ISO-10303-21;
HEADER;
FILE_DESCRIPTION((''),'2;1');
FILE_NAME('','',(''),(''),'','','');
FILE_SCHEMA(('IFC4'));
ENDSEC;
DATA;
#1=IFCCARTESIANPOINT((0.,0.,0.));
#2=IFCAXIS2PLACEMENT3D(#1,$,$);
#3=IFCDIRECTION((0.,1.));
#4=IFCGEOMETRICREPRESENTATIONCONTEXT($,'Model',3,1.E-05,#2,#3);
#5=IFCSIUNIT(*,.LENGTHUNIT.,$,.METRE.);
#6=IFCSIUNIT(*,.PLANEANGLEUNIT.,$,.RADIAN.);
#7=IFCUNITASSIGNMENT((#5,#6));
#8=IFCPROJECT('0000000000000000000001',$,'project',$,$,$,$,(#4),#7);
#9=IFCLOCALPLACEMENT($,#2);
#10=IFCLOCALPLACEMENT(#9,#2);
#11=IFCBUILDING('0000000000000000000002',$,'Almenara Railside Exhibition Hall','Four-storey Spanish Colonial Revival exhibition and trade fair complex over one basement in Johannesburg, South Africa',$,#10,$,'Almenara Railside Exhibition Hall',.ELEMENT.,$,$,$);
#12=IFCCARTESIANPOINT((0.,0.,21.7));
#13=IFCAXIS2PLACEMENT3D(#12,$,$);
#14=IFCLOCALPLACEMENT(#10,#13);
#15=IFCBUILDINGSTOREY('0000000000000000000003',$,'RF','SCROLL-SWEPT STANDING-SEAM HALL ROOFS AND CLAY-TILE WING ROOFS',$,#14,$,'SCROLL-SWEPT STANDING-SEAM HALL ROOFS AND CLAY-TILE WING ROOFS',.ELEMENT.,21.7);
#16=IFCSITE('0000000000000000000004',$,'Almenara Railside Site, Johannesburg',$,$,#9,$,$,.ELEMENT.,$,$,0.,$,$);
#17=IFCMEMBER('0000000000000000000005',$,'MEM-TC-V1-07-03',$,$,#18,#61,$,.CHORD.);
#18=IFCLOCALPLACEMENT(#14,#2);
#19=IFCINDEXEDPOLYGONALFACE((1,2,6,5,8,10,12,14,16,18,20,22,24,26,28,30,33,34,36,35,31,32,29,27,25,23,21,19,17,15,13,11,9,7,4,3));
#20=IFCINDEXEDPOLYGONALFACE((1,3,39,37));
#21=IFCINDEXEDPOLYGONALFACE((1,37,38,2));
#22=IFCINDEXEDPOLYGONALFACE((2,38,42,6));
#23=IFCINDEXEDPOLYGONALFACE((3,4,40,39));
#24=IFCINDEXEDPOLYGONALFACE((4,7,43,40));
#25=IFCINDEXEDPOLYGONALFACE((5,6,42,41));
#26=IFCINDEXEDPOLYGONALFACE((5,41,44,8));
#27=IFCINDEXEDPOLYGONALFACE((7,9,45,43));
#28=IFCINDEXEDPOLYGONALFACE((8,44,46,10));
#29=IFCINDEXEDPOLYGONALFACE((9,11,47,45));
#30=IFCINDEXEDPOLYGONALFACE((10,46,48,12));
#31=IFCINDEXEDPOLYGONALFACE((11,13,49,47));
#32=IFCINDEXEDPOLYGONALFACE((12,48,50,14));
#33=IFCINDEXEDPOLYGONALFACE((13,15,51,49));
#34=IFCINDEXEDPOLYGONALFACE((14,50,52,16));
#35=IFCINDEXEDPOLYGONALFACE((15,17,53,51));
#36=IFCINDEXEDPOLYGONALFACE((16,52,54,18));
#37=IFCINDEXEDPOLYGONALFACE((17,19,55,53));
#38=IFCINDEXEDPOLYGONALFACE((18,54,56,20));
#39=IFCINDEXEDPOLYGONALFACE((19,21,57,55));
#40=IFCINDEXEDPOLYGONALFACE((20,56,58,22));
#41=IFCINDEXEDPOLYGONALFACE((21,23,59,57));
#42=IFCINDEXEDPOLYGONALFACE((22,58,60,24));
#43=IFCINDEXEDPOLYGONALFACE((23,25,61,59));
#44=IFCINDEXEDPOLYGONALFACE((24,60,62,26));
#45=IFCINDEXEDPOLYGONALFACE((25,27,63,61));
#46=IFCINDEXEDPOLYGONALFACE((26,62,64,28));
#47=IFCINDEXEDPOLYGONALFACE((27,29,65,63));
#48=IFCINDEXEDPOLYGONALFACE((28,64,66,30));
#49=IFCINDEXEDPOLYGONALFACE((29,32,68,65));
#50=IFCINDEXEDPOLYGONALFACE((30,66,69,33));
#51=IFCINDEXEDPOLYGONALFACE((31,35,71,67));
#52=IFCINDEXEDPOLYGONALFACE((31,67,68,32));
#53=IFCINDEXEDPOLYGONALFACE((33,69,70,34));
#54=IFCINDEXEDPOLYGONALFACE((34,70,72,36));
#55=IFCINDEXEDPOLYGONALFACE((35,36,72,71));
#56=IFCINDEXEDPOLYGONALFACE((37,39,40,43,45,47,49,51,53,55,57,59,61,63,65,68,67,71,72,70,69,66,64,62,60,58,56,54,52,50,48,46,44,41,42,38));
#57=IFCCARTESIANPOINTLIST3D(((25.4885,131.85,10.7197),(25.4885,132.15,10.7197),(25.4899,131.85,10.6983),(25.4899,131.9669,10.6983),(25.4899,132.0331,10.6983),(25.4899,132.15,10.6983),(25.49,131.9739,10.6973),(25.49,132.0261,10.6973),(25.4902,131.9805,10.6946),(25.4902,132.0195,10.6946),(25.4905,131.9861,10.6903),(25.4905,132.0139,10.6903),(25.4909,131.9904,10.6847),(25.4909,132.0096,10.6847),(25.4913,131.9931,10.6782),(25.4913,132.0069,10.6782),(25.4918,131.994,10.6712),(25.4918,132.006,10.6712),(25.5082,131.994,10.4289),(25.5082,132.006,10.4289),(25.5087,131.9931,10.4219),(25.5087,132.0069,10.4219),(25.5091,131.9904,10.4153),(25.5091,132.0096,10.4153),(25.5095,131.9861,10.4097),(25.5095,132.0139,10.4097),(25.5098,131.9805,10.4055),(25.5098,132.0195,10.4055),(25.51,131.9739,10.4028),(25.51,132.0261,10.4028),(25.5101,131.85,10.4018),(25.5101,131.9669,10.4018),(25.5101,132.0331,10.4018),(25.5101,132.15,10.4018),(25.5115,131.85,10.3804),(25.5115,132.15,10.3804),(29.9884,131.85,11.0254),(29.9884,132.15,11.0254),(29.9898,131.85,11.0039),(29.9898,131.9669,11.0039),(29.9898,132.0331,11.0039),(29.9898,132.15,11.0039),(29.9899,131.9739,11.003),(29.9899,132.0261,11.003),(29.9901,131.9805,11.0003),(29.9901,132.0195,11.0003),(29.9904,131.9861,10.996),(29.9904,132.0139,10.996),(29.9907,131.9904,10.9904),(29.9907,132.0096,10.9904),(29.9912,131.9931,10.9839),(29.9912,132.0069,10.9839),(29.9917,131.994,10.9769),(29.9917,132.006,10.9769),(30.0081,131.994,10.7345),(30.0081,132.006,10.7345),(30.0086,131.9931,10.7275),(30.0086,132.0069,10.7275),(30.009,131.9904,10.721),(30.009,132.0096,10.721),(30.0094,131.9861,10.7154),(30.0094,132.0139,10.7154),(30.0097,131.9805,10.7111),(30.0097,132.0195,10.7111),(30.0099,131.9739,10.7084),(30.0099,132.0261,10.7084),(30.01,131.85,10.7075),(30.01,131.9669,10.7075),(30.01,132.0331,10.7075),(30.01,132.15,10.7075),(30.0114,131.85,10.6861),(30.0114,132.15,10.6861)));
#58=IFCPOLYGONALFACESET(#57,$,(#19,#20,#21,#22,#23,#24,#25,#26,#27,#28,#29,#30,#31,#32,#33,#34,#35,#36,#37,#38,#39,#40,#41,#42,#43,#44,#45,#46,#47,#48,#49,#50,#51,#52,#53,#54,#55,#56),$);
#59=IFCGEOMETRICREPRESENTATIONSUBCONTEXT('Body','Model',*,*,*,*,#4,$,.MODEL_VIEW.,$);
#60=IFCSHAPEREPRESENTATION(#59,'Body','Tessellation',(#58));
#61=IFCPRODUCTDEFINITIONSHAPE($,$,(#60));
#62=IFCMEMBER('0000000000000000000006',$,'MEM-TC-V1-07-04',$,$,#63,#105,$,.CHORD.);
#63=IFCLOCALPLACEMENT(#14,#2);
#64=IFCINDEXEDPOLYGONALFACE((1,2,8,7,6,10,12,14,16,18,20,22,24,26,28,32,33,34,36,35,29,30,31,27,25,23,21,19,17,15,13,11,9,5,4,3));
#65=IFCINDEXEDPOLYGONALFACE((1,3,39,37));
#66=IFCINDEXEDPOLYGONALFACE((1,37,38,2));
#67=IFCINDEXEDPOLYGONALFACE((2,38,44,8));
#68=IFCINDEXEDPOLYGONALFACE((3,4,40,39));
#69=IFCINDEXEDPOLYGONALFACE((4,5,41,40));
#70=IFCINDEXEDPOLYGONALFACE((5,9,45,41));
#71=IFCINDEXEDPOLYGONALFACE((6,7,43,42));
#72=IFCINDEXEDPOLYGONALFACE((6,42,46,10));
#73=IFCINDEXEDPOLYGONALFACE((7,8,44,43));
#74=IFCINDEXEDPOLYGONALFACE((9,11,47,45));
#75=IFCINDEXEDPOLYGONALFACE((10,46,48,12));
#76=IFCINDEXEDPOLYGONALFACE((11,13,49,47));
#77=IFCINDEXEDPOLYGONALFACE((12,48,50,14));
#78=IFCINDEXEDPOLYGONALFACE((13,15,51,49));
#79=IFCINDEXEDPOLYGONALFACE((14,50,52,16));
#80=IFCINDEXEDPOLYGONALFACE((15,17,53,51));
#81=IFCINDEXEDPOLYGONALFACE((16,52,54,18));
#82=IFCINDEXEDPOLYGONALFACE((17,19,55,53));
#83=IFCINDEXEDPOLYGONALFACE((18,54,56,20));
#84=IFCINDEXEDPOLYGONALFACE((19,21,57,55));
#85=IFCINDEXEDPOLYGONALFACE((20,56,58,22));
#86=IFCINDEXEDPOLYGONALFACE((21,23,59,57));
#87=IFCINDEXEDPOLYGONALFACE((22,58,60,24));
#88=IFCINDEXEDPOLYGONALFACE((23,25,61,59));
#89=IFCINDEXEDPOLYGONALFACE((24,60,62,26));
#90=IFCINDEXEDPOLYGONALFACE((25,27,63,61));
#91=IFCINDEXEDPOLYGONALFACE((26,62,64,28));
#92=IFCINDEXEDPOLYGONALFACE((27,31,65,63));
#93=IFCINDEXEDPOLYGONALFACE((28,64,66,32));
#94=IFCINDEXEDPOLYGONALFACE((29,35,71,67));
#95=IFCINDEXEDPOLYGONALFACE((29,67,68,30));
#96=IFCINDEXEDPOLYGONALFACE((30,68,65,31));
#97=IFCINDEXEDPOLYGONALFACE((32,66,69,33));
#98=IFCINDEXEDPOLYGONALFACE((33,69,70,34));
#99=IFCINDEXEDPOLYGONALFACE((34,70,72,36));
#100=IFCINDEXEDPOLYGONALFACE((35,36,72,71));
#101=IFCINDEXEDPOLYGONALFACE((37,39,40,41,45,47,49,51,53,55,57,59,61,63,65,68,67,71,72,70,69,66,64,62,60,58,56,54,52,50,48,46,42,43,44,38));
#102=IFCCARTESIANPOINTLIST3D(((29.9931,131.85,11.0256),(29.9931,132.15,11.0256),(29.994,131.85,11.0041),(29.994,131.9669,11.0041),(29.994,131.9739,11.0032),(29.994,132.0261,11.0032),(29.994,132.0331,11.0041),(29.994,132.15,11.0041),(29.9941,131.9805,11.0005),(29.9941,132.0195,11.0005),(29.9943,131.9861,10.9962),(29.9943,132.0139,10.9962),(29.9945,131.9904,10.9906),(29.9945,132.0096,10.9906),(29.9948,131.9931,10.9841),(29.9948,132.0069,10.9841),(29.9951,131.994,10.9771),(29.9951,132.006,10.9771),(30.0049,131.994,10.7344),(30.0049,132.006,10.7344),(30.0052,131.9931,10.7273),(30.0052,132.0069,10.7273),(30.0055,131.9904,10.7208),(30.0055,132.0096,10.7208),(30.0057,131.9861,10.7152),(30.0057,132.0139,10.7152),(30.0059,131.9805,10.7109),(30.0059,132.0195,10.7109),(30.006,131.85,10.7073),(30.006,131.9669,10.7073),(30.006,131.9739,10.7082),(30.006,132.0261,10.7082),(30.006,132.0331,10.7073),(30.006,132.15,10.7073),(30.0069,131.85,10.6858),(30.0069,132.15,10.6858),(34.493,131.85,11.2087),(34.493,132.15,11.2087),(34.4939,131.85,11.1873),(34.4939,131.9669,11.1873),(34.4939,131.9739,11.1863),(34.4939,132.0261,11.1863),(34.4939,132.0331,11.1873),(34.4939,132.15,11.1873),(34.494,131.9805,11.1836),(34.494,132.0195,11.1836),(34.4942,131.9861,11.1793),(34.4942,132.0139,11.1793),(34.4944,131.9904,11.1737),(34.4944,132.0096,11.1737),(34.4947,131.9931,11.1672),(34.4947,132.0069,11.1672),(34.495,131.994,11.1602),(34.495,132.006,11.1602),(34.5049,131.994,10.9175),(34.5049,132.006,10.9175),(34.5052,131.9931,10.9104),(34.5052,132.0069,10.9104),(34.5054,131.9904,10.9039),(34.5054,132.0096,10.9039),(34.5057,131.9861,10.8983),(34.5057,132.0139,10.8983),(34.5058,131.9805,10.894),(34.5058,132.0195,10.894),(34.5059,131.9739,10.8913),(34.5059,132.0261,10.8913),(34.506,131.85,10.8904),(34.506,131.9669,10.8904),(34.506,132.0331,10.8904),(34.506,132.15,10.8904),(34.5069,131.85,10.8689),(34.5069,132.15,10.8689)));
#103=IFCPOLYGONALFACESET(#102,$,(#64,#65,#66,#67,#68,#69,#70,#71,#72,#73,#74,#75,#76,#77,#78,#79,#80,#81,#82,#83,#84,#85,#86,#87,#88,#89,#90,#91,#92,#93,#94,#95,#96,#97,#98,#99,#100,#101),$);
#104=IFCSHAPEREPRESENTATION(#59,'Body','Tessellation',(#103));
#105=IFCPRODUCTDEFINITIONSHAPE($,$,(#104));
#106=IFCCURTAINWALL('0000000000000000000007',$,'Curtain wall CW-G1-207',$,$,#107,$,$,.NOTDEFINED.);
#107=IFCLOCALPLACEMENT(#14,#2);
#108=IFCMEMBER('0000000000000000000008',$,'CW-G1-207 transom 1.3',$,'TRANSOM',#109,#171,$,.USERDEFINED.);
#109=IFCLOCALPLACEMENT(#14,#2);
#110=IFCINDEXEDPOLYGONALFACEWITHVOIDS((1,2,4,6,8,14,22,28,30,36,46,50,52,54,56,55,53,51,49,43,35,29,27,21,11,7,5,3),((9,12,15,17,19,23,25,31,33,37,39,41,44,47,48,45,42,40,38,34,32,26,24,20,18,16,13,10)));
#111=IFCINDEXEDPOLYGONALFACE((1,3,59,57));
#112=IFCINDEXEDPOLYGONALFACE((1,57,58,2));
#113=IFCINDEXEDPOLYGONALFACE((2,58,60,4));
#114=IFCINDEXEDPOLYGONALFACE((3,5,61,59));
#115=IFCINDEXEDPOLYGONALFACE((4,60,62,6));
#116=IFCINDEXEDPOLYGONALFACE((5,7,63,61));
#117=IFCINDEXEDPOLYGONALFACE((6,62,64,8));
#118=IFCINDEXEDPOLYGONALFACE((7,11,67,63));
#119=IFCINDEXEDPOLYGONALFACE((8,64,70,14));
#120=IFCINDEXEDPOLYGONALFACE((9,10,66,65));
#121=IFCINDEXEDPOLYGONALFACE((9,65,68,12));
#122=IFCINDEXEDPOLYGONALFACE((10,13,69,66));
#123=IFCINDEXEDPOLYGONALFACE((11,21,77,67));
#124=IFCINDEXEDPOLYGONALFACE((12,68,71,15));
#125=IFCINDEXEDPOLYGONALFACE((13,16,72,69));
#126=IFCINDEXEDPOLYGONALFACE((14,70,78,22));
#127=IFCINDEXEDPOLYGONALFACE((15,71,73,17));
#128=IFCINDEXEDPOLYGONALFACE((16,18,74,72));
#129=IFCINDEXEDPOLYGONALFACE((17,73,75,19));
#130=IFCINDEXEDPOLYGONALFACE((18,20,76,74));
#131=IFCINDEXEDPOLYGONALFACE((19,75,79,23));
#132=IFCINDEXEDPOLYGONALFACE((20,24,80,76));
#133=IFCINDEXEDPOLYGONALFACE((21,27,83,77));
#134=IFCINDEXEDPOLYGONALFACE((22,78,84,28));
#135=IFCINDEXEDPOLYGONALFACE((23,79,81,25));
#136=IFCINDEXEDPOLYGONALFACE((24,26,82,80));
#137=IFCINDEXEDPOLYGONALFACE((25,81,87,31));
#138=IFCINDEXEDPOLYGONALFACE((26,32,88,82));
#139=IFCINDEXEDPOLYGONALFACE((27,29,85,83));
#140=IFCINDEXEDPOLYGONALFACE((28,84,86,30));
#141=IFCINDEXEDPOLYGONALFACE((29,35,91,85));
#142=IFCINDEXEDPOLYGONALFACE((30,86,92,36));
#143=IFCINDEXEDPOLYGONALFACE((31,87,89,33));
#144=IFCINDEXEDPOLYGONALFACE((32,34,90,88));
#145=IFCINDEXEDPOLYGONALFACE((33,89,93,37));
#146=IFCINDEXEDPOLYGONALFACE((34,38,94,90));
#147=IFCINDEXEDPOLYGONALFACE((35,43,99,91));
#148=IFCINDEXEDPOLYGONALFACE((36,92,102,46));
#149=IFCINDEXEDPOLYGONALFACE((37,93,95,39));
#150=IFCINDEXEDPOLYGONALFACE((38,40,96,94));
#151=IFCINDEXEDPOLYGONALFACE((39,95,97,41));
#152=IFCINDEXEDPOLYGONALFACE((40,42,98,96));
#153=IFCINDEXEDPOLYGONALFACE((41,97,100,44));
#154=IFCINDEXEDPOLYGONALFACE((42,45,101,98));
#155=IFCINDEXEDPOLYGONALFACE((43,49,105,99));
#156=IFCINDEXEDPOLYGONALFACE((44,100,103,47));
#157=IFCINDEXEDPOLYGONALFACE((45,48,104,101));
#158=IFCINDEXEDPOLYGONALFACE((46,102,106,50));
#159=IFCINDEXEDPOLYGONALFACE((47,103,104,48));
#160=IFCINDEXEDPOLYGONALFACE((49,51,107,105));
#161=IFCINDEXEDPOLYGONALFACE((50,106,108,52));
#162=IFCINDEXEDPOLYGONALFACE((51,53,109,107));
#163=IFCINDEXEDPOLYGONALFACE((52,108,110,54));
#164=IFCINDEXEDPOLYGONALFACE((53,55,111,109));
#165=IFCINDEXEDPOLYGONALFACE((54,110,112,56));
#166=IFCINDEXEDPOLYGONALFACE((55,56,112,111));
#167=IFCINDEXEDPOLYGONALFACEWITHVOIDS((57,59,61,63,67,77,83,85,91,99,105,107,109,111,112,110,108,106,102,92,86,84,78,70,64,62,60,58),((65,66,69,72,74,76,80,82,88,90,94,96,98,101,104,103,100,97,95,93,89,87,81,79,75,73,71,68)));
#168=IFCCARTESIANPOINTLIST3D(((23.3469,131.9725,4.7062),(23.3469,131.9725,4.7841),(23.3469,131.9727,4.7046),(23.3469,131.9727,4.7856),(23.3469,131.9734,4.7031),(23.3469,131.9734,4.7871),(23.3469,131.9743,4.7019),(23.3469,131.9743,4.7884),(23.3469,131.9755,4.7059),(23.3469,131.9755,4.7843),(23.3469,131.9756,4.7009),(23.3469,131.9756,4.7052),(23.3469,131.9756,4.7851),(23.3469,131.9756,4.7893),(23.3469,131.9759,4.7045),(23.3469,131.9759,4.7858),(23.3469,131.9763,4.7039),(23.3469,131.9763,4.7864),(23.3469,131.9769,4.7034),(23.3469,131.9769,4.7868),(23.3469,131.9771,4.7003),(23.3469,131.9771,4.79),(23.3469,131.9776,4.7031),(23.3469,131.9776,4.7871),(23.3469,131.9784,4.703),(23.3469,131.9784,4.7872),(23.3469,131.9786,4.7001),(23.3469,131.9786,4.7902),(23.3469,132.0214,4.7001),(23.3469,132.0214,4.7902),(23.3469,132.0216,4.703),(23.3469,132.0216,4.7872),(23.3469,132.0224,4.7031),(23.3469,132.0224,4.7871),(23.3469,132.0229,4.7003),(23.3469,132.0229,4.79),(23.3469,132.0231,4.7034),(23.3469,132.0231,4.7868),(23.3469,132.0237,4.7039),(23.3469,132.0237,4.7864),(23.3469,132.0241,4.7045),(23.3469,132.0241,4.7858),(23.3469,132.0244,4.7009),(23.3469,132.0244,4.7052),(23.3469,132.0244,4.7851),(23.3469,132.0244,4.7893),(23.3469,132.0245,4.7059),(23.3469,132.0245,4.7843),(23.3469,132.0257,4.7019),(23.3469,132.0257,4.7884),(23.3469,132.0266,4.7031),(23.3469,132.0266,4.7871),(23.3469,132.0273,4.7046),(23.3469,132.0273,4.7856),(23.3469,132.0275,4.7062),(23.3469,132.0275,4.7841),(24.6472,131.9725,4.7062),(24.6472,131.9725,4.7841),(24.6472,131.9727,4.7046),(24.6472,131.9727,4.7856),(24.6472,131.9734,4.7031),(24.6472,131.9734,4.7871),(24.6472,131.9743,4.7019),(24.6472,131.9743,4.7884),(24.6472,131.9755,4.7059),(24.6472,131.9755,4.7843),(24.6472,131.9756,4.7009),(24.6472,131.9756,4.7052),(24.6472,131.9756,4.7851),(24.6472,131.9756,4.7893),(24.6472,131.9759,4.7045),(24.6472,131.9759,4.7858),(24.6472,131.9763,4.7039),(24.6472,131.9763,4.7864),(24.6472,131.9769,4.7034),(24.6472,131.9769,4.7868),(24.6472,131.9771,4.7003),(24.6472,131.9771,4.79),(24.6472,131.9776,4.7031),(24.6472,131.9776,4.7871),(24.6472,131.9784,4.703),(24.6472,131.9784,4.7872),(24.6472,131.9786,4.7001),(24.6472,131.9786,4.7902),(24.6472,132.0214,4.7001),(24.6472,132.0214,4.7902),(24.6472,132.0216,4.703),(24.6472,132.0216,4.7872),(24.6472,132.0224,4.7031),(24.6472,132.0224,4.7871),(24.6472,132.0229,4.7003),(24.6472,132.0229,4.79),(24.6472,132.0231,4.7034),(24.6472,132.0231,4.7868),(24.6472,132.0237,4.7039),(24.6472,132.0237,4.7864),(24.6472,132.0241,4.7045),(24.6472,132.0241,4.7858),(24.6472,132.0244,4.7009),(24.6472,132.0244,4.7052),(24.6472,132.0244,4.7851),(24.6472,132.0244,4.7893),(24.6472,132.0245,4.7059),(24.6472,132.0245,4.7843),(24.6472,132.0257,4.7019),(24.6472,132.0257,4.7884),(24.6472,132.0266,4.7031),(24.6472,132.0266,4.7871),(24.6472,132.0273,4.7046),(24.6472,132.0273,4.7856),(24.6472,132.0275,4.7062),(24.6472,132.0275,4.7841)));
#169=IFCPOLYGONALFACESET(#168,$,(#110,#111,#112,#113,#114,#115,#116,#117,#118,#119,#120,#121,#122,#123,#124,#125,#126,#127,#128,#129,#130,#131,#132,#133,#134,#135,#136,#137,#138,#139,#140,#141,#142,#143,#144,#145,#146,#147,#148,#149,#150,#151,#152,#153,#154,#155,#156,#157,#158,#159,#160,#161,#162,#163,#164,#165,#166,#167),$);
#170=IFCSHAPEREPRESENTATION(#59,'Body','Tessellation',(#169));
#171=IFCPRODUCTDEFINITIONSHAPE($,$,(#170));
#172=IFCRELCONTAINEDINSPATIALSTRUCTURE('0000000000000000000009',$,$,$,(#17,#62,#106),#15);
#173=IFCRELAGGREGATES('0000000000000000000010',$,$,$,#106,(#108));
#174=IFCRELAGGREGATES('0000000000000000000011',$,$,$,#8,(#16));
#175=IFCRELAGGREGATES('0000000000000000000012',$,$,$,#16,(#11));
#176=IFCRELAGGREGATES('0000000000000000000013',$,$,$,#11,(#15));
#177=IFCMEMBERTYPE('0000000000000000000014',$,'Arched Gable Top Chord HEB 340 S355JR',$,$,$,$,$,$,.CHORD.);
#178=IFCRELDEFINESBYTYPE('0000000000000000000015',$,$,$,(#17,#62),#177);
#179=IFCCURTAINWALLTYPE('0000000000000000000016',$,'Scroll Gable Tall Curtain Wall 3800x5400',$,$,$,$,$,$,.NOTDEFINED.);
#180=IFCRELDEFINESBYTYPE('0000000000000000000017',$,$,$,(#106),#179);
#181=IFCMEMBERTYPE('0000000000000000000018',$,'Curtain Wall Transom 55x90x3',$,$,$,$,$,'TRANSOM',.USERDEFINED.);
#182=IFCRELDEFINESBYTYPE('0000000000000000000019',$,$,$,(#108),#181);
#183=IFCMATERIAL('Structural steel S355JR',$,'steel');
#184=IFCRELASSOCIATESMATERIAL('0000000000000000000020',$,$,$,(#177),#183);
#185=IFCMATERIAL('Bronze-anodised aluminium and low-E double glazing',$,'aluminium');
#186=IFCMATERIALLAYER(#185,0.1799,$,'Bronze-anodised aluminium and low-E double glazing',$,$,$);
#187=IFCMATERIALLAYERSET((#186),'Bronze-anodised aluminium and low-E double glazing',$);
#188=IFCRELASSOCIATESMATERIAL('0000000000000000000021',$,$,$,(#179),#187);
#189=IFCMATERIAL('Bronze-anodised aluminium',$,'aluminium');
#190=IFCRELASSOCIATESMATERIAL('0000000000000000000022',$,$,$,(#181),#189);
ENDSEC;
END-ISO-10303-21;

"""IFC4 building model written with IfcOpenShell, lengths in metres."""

from ifc_helpers import new_model, si_unit, direction, frame, origin, origin_2d, place, context, subcontext, project, spatial, hollow_rectangle, i_section, extrude, material, layer, layer_set, material_profile, profile_set, type_object, element, aggregate, save


model = new_model("IFC4")

# Units and contexts
model_context = context("Model", 3, precision=1e-05, world=origin(), true_north=direction((0.0, 1.0)))
body_context = subcontext(model_context, "Body", "Model", "MODEL_VIEW")
ifc_project = project(units=[si_unit("LENGTHUNIT", "METRE"), si_unit("PLANEANGLEUNIT", "RADIAN")], contexts=[model_context])

# Site, building, storey
site_placement = place(None, origin())
site = spatial("IfcSite", under=ifc_project, at=site_placement, Name="Almenara Railside Site, Johannesburg", CompositionType="ELEMENT", RefElevation=0.0)
building_placement = place(site_placement, origin())
building = spatial("IfcBuilding", under=site, at=building_placement, Name="Almenara Railside Exhibition Hall", Description="Four-storey Spanish Colonial Revival exhibition and trade fair complex over one basement in Johannesburg, South Africa", LongName="Almenara Railside Exhibition Hall", CompositionType="ELEMENT")
storey_placement = place(building_placement, frame((0.0, 0.0, 21.7)))
storey = spatial("IfcBuildingStorey", under=building, at=storey_placement, Name="RF", Description="SCROLL-SWEPT STANDING-SEAM HALL ROOFS AND CLAY-TILE WING ROOFS", LongName="SCROLL-SWEPT STANDING-SEAM HALL ROOFS AND CLAY-TILE WING ROOFS", CompositionType="ELEMENT", Elevation=21.7)

# Members
ifc_material_1 = material(Name="Structural steel S355JR", Category="steel")
ifc_material_profile_1 = material_profile(ifc_material_1, i_section(OverallWidth=0.3, OverallDepth=0.3401, WebThickness=0.012, FlangeThickness=0.0215, FilletRadius=0.0271, at=origin_2d()), Name="HEB 340")
ifc_profile_set_1 = profile_set([ifc_material_profile_1], Name="Structural steel S355JR")
member_type_1 = type_object("IfcMemberType", Name="Arched Gable Top Chord HEB 340 S355JR", PredefinedType="CHORD", material=ifc_profile_set_1)
member_1_placement = place(storey_placement, frame((25.5, 132.0, 10.55), z_axis=(0.997701, 0.0, 0.067769), x_axis=(0.0, 1.0, 0.0)))
element("IfcMember", 1, at=member_1_placement, inside=storey, type_object=member_type_1, Name="MEM-TC-V1-07-03", PredefinedType="CHORD", context=body_context, shape_type="SweptSolid", body=[
    extrude(i_section(OverallWidth=0.3, OverallDepth=0.3401, WebThickness=0.012, FlangeThickness=0.0215, FilletRadius=0.0271, at=origin_2d()), origin(), (0.0, 0.0, 1.0), 4.5103),
])
member_2_placement = place(storey_placement, frame((30.0, 132.0, 10.8557), z_axis=(0.999173, 0.0, 0.040656), x_axis=(0.0, 1.0, 0.0)))
element("IfcMember", 2, at=member_2_placement, inside=storey, type_object=member_type_1, Name="MEM-TC-V1-07-04", PredefinedType="CHORD", context=body_context, shape_type="SweptSolid", body=[
    extrude(i_section(OverallWidth=0.3, OverallDepth=0.3401, WebThickness=0.012, FlangeThickness=0.0215, FilletRadius=0.0271, at=origin_2d()), origin(), (0.0, 0.0, 1.0), 4.5037),
])

# Curtain wall, member
ifc_material_2 = material(Name="Bronze-anodised aluminium and low-E double glazing", Category="aluminium")
ifc_layer_1 = layer(ifc_material_2, 0.1799, Name="Bronze-anodised aluminium and low-E double glazing")
ifc_layer_set_1 = layer_set([ifc_layer_1], Name="Bronze-anodised aluminium and low-E double glazing")
curtain_wall_type = type_object("IfcCurtainWallType", Name="Scroll Gable Tall Curtain Wall 3800x5400", PredefinedType="NOTDEFINED", material=ifc_layer_set_1)
curtain_wall_1_placement = place(storey_placement, origin())
curtain_wall_1 = element("IfcCurtainWall", 3, at=curtain_wall_1_placement, inside=storey, type_object=curtain_wall_type, Name="Curtain wall CW-G1-207", PredefinedType="NOTDEFINED")
ifc_material_3 = material(Name="Bronze-anodised aluminium", Category="aluminium")
ifc_material_profile_2 = material_profile(ifc_material_3, hollow_rectangle(XDim=0.0549, YDim=0.0901, WallThickness=0.0029, InnerFilletRadius=0.0029, OuterFilletRadius=0.0061, at=origin_2d()), Name="ALU-TRN 55x90x3")
ifc_profile_set_2 = profile_set([ifc_material_profile_2], Name="Bronze-anodised aluminium")
member_type_2 = type_object("IfcMemberType", Name="Curtain Wall Transom 55x90x3", ElementType="TRANSOM", PredefinedType="USERDEFINED", material=ifc_profile_set_2)
member_3_placement = place(storey_placement, frame((23.3469, 132.0, 4.7451), z_axis=(1.0, 0.0, 0.0), x_axis=(0.0, 1.0, 0.0)))
member_3 = element("IfcMember", 4, at=member_3_placement, type_object=member_type_2, Name="CW-G1-207 transom 1.3", ObjectType="TRANSOM", PredefinedType="USERDEFINED", context=body_context, shape_type="SweptSolid", body=[
    extrude(hollow_rectangle(XDim=0.0549, YDim=0.0901, WallThickness=0.0029, InnerFilletRadius=0.0029, OuterFilletRadius=0.0061, at=origin_2d()), origin(), (0.0, 0.0, 1.0), 1.3003),
])

aggregate(curtain_wall_1, [member_3])

save(model, "model.ifc")
